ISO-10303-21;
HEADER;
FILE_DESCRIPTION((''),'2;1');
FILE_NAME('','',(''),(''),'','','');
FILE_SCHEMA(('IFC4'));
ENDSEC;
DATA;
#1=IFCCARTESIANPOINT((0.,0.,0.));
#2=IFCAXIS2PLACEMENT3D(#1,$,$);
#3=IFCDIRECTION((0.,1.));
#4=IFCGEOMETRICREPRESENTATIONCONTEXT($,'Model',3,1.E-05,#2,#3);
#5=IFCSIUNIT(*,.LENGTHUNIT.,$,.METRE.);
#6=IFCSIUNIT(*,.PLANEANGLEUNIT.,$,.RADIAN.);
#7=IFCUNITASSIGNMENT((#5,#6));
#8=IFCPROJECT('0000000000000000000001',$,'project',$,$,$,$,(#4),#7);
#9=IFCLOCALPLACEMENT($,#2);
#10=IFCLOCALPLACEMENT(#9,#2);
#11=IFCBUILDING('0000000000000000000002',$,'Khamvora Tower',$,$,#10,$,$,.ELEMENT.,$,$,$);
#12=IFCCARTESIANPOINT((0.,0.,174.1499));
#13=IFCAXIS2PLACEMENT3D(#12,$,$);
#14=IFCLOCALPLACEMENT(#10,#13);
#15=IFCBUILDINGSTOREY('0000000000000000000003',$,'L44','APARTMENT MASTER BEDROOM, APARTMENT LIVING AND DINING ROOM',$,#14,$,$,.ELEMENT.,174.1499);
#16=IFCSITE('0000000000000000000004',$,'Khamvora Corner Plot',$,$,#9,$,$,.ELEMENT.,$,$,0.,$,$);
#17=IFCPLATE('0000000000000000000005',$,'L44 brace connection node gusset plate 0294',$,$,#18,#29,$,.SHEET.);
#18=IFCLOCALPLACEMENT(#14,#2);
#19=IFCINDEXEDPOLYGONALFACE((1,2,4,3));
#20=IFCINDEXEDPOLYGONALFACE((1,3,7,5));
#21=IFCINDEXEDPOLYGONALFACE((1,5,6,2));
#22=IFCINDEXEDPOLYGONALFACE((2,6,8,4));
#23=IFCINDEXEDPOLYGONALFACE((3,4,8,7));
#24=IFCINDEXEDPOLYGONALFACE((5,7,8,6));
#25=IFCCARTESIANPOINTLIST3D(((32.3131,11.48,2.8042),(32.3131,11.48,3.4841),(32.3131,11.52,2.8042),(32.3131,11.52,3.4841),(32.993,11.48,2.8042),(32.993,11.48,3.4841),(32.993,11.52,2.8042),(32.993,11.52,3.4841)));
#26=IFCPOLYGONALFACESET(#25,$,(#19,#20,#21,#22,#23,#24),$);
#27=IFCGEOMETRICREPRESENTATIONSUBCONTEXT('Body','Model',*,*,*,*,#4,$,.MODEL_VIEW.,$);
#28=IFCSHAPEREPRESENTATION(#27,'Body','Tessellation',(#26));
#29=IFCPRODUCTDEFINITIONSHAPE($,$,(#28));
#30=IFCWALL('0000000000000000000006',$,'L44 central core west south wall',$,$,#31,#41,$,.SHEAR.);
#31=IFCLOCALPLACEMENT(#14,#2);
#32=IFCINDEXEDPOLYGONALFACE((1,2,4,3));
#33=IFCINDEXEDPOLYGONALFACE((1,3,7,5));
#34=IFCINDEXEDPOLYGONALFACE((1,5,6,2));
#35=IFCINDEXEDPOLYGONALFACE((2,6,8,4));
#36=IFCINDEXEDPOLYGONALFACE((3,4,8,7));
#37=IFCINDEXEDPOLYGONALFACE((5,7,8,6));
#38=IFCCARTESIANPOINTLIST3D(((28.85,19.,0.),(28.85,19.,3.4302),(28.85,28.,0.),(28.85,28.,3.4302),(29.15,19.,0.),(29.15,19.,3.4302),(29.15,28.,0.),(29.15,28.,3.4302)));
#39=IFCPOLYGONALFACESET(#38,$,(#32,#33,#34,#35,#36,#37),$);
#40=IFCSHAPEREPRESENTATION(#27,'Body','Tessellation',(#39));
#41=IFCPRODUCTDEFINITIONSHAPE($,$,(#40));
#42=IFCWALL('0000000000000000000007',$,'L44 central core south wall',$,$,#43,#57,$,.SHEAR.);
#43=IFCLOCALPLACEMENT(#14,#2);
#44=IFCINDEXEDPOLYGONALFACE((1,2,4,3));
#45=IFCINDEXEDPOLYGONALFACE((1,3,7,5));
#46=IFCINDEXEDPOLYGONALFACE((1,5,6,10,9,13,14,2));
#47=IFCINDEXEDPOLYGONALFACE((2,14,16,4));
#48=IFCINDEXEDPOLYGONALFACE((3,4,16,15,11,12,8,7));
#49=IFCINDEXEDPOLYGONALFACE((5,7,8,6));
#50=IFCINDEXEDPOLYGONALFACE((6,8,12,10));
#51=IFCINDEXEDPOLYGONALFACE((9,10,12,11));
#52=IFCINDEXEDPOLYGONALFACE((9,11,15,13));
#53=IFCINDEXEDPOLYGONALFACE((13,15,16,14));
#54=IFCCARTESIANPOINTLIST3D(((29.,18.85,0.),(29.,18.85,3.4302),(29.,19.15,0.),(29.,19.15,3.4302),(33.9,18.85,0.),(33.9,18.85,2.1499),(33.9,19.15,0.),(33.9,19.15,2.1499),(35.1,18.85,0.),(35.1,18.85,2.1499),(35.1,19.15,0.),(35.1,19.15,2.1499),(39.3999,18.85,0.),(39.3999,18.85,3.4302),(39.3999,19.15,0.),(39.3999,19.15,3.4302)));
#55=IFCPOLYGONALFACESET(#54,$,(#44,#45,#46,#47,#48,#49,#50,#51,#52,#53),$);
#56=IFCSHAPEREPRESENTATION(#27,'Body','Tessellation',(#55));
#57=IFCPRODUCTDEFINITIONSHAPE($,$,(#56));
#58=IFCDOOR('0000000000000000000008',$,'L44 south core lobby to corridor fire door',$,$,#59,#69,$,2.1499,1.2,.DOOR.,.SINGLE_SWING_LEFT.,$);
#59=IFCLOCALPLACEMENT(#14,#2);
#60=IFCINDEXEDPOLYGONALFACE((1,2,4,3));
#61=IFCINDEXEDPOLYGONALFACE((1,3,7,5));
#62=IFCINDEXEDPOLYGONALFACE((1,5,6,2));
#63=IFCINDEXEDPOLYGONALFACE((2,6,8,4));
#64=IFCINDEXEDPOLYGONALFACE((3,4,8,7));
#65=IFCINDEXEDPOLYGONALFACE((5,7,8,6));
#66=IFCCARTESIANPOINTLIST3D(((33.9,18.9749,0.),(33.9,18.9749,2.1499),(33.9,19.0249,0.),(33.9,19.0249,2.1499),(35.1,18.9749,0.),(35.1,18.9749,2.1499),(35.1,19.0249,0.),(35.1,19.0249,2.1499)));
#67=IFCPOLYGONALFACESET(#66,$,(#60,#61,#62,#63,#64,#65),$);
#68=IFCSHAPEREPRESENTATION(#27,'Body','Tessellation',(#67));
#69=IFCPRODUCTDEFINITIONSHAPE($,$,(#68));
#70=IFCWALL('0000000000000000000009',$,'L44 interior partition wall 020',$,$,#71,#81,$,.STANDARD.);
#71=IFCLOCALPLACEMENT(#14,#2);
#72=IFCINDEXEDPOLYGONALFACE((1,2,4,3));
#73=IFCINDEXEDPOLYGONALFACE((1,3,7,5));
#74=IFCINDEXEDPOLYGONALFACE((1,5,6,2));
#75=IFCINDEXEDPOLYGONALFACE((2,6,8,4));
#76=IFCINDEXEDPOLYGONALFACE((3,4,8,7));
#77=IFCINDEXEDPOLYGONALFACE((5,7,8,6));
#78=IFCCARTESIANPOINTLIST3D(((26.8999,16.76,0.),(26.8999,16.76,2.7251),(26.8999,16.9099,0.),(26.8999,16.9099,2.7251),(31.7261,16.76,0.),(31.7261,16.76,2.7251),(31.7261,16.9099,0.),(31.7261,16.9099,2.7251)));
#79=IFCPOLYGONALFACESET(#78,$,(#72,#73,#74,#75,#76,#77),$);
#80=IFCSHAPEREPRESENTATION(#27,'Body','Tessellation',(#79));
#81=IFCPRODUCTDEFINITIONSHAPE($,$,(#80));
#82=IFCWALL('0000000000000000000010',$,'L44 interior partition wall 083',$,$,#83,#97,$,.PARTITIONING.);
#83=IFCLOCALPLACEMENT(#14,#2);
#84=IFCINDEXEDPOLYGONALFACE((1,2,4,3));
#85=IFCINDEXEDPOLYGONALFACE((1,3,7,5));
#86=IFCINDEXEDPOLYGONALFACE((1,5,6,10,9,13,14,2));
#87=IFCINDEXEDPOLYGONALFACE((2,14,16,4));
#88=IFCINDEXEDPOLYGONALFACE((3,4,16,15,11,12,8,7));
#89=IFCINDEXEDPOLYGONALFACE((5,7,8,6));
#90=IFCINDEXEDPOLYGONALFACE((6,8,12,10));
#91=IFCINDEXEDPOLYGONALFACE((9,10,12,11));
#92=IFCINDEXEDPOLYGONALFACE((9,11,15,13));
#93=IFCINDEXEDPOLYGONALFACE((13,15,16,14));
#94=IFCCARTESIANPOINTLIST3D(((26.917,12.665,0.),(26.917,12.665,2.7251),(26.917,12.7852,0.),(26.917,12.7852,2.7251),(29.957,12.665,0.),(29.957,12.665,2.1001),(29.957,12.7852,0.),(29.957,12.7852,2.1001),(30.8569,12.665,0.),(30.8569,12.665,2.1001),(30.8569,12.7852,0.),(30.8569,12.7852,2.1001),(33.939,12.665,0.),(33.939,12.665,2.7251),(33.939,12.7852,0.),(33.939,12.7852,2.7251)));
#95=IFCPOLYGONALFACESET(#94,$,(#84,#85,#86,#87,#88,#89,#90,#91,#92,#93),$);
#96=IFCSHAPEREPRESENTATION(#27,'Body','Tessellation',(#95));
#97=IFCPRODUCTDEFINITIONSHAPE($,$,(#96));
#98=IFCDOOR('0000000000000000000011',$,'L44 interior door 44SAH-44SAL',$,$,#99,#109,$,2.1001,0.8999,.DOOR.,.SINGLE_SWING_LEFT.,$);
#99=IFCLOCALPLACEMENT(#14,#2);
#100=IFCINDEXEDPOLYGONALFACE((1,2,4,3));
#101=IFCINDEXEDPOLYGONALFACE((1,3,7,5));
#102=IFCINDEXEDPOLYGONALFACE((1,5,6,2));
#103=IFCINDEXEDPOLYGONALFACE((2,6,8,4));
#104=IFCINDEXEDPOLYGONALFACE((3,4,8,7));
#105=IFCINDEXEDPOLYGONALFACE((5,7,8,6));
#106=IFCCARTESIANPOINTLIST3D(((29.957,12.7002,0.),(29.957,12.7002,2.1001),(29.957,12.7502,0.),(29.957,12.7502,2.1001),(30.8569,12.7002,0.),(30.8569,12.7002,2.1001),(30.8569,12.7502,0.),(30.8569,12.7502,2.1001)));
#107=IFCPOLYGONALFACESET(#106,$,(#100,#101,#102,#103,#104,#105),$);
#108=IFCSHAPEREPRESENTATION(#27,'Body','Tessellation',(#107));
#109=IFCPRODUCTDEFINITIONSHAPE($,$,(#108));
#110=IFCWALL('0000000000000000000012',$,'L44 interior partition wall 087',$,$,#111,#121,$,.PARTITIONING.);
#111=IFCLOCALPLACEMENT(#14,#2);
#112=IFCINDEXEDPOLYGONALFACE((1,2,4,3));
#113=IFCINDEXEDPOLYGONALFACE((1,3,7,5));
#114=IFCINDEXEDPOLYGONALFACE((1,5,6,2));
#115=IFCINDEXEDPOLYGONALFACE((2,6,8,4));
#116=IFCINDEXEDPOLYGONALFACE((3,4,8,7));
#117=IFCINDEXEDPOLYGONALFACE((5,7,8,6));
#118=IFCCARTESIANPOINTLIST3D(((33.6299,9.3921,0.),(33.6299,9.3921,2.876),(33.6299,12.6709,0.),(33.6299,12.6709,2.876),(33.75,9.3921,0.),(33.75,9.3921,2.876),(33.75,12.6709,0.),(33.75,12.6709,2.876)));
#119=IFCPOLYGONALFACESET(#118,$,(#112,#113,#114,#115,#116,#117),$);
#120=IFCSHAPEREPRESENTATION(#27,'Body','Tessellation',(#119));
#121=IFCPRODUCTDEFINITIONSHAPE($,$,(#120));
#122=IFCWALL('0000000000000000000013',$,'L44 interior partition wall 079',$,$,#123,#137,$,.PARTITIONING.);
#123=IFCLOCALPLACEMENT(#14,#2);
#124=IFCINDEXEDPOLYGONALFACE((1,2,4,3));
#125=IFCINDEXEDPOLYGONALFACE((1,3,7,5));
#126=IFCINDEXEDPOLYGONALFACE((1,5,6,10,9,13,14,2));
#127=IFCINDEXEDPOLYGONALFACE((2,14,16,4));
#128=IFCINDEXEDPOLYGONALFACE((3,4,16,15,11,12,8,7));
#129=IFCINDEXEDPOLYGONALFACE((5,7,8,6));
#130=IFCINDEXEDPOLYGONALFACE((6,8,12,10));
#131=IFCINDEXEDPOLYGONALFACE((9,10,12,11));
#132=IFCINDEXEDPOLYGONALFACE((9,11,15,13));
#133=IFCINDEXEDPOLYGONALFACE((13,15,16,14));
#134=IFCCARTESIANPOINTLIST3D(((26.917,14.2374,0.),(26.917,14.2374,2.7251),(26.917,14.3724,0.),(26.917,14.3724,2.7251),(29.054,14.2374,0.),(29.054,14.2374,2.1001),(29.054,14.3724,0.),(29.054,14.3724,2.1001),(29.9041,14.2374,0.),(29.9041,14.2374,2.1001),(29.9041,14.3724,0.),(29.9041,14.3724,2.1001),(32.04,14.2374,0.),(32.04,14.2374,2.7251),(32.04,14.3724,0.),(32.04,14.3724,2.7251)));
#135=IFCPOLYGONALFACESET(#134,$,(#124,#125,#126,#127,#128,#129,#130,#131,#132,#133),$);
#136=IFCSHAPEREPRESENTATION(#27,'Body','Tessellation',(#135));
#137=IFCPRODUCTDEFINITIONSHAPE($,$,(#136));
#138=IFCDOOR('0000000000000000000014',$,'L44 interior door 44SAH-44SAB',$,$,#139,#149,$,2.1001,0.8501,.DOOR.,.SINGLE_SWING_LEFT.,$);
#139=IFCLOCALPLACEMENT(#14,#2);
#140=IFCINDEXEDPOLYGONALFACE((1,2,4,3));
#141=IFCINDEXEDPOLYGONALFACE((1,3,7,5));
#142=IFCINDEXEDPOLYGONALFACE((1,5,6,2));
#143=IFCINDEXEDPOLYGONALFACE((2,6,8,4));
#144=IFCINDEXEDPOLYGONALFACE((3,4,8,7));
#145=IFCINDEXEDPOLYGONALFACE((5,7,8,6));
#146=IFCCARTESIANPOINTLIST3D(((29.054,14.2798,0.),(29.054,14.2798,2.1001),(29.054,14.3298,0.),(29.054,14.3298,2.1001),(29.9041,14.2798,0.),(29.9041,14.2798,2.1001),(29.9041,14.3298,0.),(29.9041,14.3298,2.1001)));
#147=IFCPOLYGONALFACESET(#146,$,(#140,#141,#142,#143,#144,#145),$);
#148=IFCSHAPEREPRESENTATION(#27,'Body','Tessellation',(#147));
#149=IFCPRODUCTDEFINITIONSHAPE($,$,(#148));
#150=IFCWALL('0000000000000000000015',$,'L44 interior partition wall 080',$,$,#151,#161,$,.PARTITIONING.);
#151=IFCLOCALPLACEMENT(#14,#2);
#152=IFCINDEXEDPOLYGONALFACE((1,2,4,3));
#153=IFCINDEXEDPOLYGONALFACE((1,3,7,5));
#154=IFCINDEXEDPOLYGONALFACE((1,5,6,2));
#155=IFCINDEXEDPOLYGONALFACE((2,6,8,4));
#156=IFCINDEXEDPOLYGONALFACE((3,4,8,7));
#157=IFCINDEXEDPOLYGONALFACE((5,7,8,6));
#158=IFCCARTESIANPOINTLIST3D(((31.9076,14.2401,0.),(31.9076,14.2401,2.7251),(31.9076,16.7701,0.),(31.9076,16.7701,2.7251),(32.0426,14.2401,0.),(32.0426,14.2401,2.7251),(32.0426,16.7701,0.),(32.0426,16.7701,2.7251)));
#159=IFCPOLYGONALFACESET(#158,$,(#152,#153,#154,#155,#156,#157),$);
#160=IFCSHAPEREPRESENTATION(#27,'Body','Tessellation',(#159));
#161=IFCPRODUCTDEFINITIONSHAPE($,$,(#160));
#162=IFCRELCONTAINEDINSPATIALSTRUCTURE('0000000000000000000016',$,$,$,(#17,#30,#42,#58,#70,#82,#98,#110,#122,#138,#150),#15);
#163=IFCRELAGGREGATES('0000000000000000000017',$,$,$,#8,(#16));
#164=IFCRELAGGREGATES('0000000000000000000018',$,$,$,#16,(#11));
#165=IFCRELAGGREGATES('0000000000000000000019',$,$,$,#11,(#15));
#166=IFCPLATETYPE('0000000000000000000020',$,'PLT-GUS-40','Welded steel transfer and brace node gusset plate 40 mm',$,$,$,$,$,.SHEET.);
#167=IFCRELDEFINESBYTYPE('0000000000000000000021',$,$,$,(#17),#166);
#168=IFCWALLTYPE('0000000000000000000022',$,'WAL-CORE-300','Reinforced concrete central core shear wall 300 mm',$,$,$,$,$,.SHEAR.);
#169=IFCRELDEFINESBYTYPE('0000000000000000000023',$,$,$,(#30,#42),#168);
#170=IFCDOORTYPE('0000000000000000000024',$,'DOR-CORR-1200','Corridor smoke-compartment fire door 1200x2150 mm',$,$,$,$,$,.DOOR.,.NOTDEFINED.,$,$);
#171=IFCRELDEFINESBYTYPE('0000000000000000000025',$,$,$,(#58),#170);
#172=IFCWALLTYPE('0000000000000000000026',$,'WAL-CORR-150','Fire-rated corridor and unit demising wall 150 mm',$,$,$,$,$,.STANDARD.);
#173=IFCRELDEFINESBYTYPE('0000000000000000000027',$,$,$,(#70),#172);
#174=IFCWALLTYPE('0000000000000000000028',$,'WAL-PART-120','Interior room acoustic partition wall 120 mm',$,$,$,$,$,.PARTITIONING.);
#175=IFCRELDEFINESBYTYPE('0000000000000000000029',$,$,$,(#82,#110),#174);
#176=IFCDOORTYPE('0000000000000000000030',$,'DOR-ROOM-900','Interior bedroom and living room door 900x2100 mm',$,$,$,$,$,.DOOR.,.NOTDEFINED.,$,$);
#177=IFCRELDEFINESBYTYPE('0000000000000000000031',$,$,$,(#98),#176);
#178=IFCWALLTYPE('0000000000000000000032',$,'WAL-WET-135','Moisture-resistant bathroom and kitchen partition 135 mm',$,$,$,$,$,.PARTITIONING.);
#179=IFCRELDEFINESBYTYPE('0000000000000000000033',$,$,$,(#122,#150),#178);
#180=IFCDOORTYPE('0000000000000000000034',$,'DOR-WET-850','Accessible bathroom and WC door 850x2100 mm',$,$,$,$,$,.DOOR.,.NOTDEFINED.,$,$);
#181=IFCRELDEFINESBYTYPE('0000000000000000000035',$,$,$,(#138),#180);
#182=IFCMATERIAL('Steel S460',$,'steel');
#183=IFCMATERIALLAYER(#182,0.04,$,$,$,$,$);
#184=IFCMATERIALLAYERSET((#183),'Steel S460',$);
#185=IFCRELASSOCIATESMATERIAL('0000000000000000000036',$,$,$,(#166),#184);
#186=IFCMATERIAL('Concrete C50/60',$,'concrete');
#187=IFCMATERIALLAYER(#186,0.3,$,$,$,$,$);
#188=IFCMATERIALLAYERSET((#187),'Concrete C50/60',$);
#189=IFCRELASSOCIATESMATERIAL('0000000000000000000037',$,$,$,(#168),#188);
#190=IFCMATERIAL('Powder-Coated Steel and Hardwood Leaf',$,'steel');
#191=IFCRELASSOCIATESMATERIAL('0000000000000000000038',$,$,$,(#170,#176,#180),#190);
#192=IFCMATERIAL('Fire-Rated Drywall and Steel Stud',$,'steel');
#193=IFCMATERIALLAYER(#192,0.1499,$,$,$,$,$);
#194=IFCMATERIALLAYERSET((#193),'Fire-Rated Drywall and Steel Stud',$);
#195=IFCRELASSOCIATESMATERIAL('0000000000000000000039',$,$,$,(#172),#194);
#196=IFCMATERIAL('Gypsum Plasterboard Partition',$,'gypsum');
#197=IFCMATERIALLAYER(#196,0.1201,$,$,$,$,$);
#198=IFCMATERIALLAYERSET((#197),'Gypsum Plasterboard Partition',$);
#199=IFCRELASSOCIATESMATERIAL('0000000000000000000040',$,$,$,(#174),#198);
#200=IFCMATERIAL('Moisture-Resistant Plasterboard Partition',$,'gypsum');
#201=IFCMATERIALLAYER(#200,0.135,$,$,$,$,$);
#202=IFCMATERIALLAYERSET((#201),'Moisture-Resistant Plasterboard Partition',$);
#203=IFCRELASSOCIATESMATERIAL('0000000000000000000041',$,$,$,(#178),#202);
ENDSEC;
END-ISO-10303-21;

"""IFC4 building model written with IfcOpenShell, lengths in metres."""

from ifc_helpers import new_model, si_unit, direction, frame, frame_2d, origin, origin_2d, place, context, subcontext, project, spatial, rectangle, extrude, material, layer, layer_set, type_object, element, fill, save


model = new_model("IFC4")

# Units and contexts
model_context = context("Model", 3, precision=1e-05, world=origin(), true_north=direction((0.0, 1.0)))
body_context = subcontext(model_context, "Body", "Model", "MODEL_VIEW")
ifc_project = project(units=[si_unit("LENGTHUNIT", "METRE"), si_unit("PLANEANGLEUNIT", "RADIAN")], contexts=[model_context])

# Site, building, storey
site_placement = place(None, origin())
site = spatial("IfcSite", under=ifc_project, at=site_placement, Name="Khamvora Corner Plot", CompositionType="ELEMENT", RefElevation=0.0)
building_placement = place(site_placement, origin())
building = spatial("IfcBuilding", under=site, at=building_placement, Name="Khamvora Tower", CompositionType="ELEMENT")
storey_placement = place(building_placement, frame((0.0, 0.0, 174.1499)))
storey = spatial("IfcBuildingStorey", under=building, at=storey_placement, Name="L44", Description="APARTMENT MASTER BEDROOM, APARTMENT LIVING AND DINING ROOM", CompositionType="ELEMENT", Elevation=174.1499)

# Shared definitions
ifc_material_1 = material(Name="Steel S460", Category="steel")

# Plate
ifc_layer_1 = layer(ifc_material_1, 0.04)
ifc_layer_set_1 = layer_set([ifc_layer_1], Name="Steel S460")
plate_type_1 = type_object("IfcPlateType", Name="PLT-GUS-40", Description="Welded steel transfer and brace node gusset plate 40 mm", PredefinedType="SHEET", material=ifc_layer_set_1)
plate_1_placement = place(storey_placement, frame((32.6531, 11.5, 2.8042), z_axis=(0.0, 0.0, 1.0), x_axis=(1.0, 0.0, 0.0)))
element("IfcPlate", 1, at=plate_1_placement, inside=storey, type_object=plate_type_1, Name="L44 brace connection node gusset plate 0294", PredefinedType="SHEET", context=body_context, shape_type="SweptSolid", body=[
    extrude(rectangle(XDim=0.6799, YDim=0.04, at=origin_2d()), origin(), (0.0, 0.0, 1.0), 0.6799),
])

# Wall
ifc_material_2 = material(Name="Concrete C50/60", Category="concrete")
ifc_layer_2 = layer(ifc_material_2, 0.3)
ifc_layer_set_2 = layer_set([ifc_layer_2], Name="Concrete C50/60")
wall_type_1 = type_object("IfcWallType", Name="WAL-CORE-300", Description="Reinforced concrete central core shear wall 300 mm", PredefinedType="SHEAR", material=ifc_layer_set_2)
wall_1_placement = place(storey_placement, frame((29.0, 19.0, 0.0), z_axis=(0.0, 0.0, 1.0), x_axis=(0.0, 1.0, 0.0)))
element("IfcWall", 2, at=wall_1_placement, inside=storey, type_object=wall_type_1, Name="L44 central core west south wall", PredefinedType="SHEAR", context=body_context, shape_type="SweptSolid", body=[
    extrude(rectangle(XDim=9.0, YDim=0.3, at=frame_2d((4.5, 0.0))), origin(), (0.0, 0.0, 1.0), 3.4302),
])

# Wall, opening, door
wall_2_placement = place(storey_placement, frame((29.0, 19.0, 0.0), z_axis=(0.0, 0.0, 1.0), x_axis=(1.0, 0.0, 0.0)))
wall_2 = element("IfcWall", 3, at=wall_2_placement, inside=storey, type_object=wall_type_1, Name="L44 central core south wall", PredefinedType="SHEAR", context=body_context, shape_type="SweptSolid", body=[
    extrude(rectangle(XDim=10.3999, YDim=0.3, at=frame_2d((5.2, 0.0))), origin(), (0.0, 0.0, 1.0), 3.4302),
])
opening_1_placement = place(wall_2_placement, frame((4.8999, 0.0, 0.0)))
opening_1 = element("IfcOpeningElement", 4, at=opening_1_placement, cuts=wall_2, PredefinedType="OPENING", context=body_context, shape_type="SweptSolid", body=[
    extrude(rectangle(XDim=1.2, YDim=2.1499, at=frame_2d((0.6001, 1.075))), frame((0.0, 0.1599, 0.0), z_axis=(0.0, -1.0, 0.0), x_axis=(1.0, 0.0, 0.0)), (0.0, 0.0, 1.0), 0.3201),
])
ifc_material_3 = material(Name="Powder-Coated Steel and Hardwood Leaf", Category="steel")
door_type_1 = type_object("IfcDoorType", Name="DOR-CORR-1200", Description="Corridor smoke-compartment fire door 1200x2150 mm", OperationType="NOTDEFINED", PredefinedType="DOOR", material=ifc_material_3)
door_1_placement = place(opening_1_placement, origin())
door_1 = element("IfcDoor", 5, at=door_1_placement, inside=storey, type_object=door_type_1, Name="L44 south core lobby to corridor fire door", OperationType="SINGLE_SWING_LEFT", OverallHeight=2.1499, OverallWidth=1.2, PredefinedType="DOOR", context=body_context, shape_type="SweptSolid", body=[
    extrude(rectangle(XDim=1.2, YDim=2.1499, at=frame_2d((0.6001, 1.075))), frame((0.0, 0.0249, 0.0), z_axis=(0.0, -1.0, 0.0), x_axis=(1.0, 0.0, 0.0)), (0.0, 0.0, 1.0), 0.05),
])
fill(opening_1, door_1)

# Wall
ifc_material_4 = material(Name="Fire-Rated Drywall and Steel Stud", Category="steel")
ifc_layer_3 = layer(ifc_material_4, 0.1499)
ifc_layer_set_3 = layer_set([ifc_layer_3], Name="Fire-Rated Drywall and Steel Stud")
wall_type_2 = type_object("IfcWallType", Name="WAL-CORR-150", Description="Fire-rated corridor and unit demising wall 150 mm", PredefinedType="STANDARD", material=ifc_layer_set_3)
wall_3_placement = place(storey_placement, frame((31.7261, 16.835, 0.0), z_axis=(0.0, 0.0, 1.0), x_axis=(-1.0, 0.0, 0.0)))
element("IfcWall", 6, at=wall_3_placement, inside=storey, type_object=wall_type_2, Name="L44 interior partition wall 020", PredefinedType="STANDARD", context=body_context, shape_type="SweptSolid", body=[
    extrude(rectangle(XDim=4.8262, YDim=0.1499, at=frame_2d((2.4131, 0.0))), origin(), (0.0, 0.0, 1.0), 2.7251),
])

# Wall, opening, door
ifc_material_5 = material(Name="Gypsum Plasterboard Partition", Category="gypsum")
ifc_layer_4 = layer(ifc_material_5, 0.1201)
ifc_layer_set_4 = layer_set([ifc_layer_4], Name="Gypsum Plasterboard Partition")
wall_type_3 = type_object("IfcWallType", Name="WAL-PART-120", Description="Interior room acoustic partition wall 120 mm", PredefinedType="PARTITIONING", material=ifc_layer_set_4)
wall_4_placement = place(storey_placement, frame((33.939, 12.7251, 0.0), z_axis=(0.0, 0.0, 1.0), x_axis=(-1.0, 0.0, 0.0)))
wall_4 = element("IfcWall", 7, at=wall_4_placement, inside=storey, type_object=wall_type_3, Name="L44 interior partition wall 083", PredefinedType="PARTITIONING", context=body_context, shape_type="SweptSolid", body=[
    extrude(rectangle(XDim=7.022, YDim=0.1201, at=frame_2d((3.511, 0.0))), origin(), (0.0, 0.0, 1.0), 2.7251),
])
opening_2_placement = place(wall_4_placement, frame((3.082, 0.0, 0.0)))
opening_2 = element("IfcOpeningElement", 8, at=opening_2_placement, cuts=wall_4, PredefinedType="OPENING", context=body_context, shape_type="SweptSolid", body=[
    extrude(rectangle(XDim=0.8999, YDim=2.1001, at=frame_2d((0.45, 1.05))), frame((0.0, 0.0701, 0.0), z_axis=(0.0, -1.0, 0.0), x_axis=(1.0, 0.0, 0.0)), (0.0, 0.0, 1.0), 0.1401),
])
door_type_2 = type_object("IfcDoorType", Name="DOR-ROOM-900", Description="Interior bedroom and living room door 900x2100 mm", OperationType="NOTDEFINED", PredefinedType="DOOR", material=ifc_material_3)
door_2_placement = place(opening_2_placement, origin())
door_2 = element("IfcDoor", 9, at=door_2_placement, inside=storey, type_object=door_type_2, Name="L44 interior door 44SAH-44SAL", OperationType="SINGLE_SWING_LEFT", OverallHeight=2.1001, OverallWidth=0.8999, PredefinedType="DOOR", context=body_context, shape_type="SweptSolid", body=[
    extrude(rectangle(XDim=0.8999, YDim=2.1001, at=frame_2d((0.45, 1.05))), frame((0.0, 0.0249, 0.0), z_axis=(0.0, -1.0, 0.0), x_axis=(1.0, 0.0, 0.0)), (0.0, 0.0, 1.0), 0.05),
])
fill(opening_2, door_2)

# Wall
wall_5_placement = place(storey_placement, frame((33.6899, 12.6709, 0.0), z_axis=(0.0, 0.0, 1.0), x_axis=(0.0, -1.0, 0.0)))
element("IfcWall", 10, at=wall_5_placement, inside=storey, type_object=wall_type_3, Name="L44 interior partition wall 087", PredefinedType="PARTITIONING", context=body_context, shape_type="SweptSolid", body=[
    extrude(rectangle(XDim=3.2788, YDim=0.1201, at=frame_2d((1.6394, 0.0))), origin(), (0.0, 0.0, 1.0), 2.876),
])

# Wall, opening, door
ifc_material_6 = material(Name="Moisture-Resistant Plasterboard Partition", Category="gypsum")
ifc_layer_5 = layer(ifc_material_6, 0.135)
ifc_layer_set_5 = layer_set([ifc_layer_5], Name="Moisture-Resistant Plasterboard Partition")
wall_type_4 = type_object("IfcWallType", Name="WAL-WET-135", Description="Moisture-resistant bathroom and kitchen partition 135 mm", PredefinedType="PARTITIONING", material=ifc_layer_set_5)
wall_6_placement = place(storey_placement, frame((26.917, 14.3049, 0.0), z_axis=(0.0, 0.0, 1.0), x_axis=(1.0, 0.0, 0.0)))
wall_6 = element("IfcWall", 11, at=wall_6_placement, inside=storey, type_object=wall_type_4, Name="L44 interior partition wall 079", PredefinedType="PARTITIONING", context=body_context, shape_type="SweptSolid", body=[
    extrude(rectangle(XDim=5.123, YDim=0.135, at=frame_2d((2.5615, 0.0))), origin(), (0.0, 0.0, 1.0), 2.7251),
])
opening_3_placement = place(wall_6_placement, frame((2.137, 0.0, 0.0)))
opening_3 = element("IfcOpeningElement", 12, at=opening_3_placement, cuts=wall_6, PredefinedType="OPENING", context=body_context, shape_type="SweptSolid", body=[
    extrude(rectangle(XDim=0.8501, YDim=2.1001, at=frame_2d((0.425, 1.05))), frame((0.0, 0.0774, 0.0), z_axis=(0.0, -1.0, 0.0), x_axis=(1.0, 0.0, 0.0)), (0.0, 0.0, 1.0), 0.155),
])
door_type_3 = type_object("IfcDoorType", Name="DOR-WET-850", Description="Accessible bathroom and WC door 850x2100 mm", OperationType="NOTDEFINED", PredefinedType="DOOR", material=ifc_material_3)
door_3_placement = place(opening_3_placement, origin())
door_3 = element("IfcDoor", 13, at=door_3_placement, inside=storey, type_object=door_type_3, Name="L44 interior door 44SAH-44SAB", OperationType="SINGLE_SWING_LEFT", OverallHeight=2.1001, OverallWidth=0.8501, PredefinedType="DOOR", context=body_context, shape_type="SweptSolid", body=[
    extrude(rectangle(XDim=0.8501, YDim=2.1001, at=frame_2d((0.425, 1.05))), frame((0.0, 0.0249, 0.0), z_axis=(0.0, -1.0, 0.0), x_axis=(1.0, 0.0, 0.0)), (0.0, 0.0, 1.0), 0.05),
])
fill(opening_3, door_3)

# Wall
wall_7_placement = place(storey_placement, frame((31.9751, 14.24, 0.0), z_axis=(0.0, 0.0, 1.0), x_axis=(0.0, 1.0, 0.0)))
element("IfcWall", 14, at=wall_7_placement, inside=storey, type_object=wall_type_4, Name="L44 interior partition wall 080", PredefinedType="PARTITIONING", context=body_context, shape_type="SweptSolid", body=[
    extrude(rectangle(XDim=2.53, YDim=0.135, at=frame_2d((1.2651, 0.0))), origin(), (0.0, 0.0, 1.0), 2.7251),
])

save(model, "model.ifc")
